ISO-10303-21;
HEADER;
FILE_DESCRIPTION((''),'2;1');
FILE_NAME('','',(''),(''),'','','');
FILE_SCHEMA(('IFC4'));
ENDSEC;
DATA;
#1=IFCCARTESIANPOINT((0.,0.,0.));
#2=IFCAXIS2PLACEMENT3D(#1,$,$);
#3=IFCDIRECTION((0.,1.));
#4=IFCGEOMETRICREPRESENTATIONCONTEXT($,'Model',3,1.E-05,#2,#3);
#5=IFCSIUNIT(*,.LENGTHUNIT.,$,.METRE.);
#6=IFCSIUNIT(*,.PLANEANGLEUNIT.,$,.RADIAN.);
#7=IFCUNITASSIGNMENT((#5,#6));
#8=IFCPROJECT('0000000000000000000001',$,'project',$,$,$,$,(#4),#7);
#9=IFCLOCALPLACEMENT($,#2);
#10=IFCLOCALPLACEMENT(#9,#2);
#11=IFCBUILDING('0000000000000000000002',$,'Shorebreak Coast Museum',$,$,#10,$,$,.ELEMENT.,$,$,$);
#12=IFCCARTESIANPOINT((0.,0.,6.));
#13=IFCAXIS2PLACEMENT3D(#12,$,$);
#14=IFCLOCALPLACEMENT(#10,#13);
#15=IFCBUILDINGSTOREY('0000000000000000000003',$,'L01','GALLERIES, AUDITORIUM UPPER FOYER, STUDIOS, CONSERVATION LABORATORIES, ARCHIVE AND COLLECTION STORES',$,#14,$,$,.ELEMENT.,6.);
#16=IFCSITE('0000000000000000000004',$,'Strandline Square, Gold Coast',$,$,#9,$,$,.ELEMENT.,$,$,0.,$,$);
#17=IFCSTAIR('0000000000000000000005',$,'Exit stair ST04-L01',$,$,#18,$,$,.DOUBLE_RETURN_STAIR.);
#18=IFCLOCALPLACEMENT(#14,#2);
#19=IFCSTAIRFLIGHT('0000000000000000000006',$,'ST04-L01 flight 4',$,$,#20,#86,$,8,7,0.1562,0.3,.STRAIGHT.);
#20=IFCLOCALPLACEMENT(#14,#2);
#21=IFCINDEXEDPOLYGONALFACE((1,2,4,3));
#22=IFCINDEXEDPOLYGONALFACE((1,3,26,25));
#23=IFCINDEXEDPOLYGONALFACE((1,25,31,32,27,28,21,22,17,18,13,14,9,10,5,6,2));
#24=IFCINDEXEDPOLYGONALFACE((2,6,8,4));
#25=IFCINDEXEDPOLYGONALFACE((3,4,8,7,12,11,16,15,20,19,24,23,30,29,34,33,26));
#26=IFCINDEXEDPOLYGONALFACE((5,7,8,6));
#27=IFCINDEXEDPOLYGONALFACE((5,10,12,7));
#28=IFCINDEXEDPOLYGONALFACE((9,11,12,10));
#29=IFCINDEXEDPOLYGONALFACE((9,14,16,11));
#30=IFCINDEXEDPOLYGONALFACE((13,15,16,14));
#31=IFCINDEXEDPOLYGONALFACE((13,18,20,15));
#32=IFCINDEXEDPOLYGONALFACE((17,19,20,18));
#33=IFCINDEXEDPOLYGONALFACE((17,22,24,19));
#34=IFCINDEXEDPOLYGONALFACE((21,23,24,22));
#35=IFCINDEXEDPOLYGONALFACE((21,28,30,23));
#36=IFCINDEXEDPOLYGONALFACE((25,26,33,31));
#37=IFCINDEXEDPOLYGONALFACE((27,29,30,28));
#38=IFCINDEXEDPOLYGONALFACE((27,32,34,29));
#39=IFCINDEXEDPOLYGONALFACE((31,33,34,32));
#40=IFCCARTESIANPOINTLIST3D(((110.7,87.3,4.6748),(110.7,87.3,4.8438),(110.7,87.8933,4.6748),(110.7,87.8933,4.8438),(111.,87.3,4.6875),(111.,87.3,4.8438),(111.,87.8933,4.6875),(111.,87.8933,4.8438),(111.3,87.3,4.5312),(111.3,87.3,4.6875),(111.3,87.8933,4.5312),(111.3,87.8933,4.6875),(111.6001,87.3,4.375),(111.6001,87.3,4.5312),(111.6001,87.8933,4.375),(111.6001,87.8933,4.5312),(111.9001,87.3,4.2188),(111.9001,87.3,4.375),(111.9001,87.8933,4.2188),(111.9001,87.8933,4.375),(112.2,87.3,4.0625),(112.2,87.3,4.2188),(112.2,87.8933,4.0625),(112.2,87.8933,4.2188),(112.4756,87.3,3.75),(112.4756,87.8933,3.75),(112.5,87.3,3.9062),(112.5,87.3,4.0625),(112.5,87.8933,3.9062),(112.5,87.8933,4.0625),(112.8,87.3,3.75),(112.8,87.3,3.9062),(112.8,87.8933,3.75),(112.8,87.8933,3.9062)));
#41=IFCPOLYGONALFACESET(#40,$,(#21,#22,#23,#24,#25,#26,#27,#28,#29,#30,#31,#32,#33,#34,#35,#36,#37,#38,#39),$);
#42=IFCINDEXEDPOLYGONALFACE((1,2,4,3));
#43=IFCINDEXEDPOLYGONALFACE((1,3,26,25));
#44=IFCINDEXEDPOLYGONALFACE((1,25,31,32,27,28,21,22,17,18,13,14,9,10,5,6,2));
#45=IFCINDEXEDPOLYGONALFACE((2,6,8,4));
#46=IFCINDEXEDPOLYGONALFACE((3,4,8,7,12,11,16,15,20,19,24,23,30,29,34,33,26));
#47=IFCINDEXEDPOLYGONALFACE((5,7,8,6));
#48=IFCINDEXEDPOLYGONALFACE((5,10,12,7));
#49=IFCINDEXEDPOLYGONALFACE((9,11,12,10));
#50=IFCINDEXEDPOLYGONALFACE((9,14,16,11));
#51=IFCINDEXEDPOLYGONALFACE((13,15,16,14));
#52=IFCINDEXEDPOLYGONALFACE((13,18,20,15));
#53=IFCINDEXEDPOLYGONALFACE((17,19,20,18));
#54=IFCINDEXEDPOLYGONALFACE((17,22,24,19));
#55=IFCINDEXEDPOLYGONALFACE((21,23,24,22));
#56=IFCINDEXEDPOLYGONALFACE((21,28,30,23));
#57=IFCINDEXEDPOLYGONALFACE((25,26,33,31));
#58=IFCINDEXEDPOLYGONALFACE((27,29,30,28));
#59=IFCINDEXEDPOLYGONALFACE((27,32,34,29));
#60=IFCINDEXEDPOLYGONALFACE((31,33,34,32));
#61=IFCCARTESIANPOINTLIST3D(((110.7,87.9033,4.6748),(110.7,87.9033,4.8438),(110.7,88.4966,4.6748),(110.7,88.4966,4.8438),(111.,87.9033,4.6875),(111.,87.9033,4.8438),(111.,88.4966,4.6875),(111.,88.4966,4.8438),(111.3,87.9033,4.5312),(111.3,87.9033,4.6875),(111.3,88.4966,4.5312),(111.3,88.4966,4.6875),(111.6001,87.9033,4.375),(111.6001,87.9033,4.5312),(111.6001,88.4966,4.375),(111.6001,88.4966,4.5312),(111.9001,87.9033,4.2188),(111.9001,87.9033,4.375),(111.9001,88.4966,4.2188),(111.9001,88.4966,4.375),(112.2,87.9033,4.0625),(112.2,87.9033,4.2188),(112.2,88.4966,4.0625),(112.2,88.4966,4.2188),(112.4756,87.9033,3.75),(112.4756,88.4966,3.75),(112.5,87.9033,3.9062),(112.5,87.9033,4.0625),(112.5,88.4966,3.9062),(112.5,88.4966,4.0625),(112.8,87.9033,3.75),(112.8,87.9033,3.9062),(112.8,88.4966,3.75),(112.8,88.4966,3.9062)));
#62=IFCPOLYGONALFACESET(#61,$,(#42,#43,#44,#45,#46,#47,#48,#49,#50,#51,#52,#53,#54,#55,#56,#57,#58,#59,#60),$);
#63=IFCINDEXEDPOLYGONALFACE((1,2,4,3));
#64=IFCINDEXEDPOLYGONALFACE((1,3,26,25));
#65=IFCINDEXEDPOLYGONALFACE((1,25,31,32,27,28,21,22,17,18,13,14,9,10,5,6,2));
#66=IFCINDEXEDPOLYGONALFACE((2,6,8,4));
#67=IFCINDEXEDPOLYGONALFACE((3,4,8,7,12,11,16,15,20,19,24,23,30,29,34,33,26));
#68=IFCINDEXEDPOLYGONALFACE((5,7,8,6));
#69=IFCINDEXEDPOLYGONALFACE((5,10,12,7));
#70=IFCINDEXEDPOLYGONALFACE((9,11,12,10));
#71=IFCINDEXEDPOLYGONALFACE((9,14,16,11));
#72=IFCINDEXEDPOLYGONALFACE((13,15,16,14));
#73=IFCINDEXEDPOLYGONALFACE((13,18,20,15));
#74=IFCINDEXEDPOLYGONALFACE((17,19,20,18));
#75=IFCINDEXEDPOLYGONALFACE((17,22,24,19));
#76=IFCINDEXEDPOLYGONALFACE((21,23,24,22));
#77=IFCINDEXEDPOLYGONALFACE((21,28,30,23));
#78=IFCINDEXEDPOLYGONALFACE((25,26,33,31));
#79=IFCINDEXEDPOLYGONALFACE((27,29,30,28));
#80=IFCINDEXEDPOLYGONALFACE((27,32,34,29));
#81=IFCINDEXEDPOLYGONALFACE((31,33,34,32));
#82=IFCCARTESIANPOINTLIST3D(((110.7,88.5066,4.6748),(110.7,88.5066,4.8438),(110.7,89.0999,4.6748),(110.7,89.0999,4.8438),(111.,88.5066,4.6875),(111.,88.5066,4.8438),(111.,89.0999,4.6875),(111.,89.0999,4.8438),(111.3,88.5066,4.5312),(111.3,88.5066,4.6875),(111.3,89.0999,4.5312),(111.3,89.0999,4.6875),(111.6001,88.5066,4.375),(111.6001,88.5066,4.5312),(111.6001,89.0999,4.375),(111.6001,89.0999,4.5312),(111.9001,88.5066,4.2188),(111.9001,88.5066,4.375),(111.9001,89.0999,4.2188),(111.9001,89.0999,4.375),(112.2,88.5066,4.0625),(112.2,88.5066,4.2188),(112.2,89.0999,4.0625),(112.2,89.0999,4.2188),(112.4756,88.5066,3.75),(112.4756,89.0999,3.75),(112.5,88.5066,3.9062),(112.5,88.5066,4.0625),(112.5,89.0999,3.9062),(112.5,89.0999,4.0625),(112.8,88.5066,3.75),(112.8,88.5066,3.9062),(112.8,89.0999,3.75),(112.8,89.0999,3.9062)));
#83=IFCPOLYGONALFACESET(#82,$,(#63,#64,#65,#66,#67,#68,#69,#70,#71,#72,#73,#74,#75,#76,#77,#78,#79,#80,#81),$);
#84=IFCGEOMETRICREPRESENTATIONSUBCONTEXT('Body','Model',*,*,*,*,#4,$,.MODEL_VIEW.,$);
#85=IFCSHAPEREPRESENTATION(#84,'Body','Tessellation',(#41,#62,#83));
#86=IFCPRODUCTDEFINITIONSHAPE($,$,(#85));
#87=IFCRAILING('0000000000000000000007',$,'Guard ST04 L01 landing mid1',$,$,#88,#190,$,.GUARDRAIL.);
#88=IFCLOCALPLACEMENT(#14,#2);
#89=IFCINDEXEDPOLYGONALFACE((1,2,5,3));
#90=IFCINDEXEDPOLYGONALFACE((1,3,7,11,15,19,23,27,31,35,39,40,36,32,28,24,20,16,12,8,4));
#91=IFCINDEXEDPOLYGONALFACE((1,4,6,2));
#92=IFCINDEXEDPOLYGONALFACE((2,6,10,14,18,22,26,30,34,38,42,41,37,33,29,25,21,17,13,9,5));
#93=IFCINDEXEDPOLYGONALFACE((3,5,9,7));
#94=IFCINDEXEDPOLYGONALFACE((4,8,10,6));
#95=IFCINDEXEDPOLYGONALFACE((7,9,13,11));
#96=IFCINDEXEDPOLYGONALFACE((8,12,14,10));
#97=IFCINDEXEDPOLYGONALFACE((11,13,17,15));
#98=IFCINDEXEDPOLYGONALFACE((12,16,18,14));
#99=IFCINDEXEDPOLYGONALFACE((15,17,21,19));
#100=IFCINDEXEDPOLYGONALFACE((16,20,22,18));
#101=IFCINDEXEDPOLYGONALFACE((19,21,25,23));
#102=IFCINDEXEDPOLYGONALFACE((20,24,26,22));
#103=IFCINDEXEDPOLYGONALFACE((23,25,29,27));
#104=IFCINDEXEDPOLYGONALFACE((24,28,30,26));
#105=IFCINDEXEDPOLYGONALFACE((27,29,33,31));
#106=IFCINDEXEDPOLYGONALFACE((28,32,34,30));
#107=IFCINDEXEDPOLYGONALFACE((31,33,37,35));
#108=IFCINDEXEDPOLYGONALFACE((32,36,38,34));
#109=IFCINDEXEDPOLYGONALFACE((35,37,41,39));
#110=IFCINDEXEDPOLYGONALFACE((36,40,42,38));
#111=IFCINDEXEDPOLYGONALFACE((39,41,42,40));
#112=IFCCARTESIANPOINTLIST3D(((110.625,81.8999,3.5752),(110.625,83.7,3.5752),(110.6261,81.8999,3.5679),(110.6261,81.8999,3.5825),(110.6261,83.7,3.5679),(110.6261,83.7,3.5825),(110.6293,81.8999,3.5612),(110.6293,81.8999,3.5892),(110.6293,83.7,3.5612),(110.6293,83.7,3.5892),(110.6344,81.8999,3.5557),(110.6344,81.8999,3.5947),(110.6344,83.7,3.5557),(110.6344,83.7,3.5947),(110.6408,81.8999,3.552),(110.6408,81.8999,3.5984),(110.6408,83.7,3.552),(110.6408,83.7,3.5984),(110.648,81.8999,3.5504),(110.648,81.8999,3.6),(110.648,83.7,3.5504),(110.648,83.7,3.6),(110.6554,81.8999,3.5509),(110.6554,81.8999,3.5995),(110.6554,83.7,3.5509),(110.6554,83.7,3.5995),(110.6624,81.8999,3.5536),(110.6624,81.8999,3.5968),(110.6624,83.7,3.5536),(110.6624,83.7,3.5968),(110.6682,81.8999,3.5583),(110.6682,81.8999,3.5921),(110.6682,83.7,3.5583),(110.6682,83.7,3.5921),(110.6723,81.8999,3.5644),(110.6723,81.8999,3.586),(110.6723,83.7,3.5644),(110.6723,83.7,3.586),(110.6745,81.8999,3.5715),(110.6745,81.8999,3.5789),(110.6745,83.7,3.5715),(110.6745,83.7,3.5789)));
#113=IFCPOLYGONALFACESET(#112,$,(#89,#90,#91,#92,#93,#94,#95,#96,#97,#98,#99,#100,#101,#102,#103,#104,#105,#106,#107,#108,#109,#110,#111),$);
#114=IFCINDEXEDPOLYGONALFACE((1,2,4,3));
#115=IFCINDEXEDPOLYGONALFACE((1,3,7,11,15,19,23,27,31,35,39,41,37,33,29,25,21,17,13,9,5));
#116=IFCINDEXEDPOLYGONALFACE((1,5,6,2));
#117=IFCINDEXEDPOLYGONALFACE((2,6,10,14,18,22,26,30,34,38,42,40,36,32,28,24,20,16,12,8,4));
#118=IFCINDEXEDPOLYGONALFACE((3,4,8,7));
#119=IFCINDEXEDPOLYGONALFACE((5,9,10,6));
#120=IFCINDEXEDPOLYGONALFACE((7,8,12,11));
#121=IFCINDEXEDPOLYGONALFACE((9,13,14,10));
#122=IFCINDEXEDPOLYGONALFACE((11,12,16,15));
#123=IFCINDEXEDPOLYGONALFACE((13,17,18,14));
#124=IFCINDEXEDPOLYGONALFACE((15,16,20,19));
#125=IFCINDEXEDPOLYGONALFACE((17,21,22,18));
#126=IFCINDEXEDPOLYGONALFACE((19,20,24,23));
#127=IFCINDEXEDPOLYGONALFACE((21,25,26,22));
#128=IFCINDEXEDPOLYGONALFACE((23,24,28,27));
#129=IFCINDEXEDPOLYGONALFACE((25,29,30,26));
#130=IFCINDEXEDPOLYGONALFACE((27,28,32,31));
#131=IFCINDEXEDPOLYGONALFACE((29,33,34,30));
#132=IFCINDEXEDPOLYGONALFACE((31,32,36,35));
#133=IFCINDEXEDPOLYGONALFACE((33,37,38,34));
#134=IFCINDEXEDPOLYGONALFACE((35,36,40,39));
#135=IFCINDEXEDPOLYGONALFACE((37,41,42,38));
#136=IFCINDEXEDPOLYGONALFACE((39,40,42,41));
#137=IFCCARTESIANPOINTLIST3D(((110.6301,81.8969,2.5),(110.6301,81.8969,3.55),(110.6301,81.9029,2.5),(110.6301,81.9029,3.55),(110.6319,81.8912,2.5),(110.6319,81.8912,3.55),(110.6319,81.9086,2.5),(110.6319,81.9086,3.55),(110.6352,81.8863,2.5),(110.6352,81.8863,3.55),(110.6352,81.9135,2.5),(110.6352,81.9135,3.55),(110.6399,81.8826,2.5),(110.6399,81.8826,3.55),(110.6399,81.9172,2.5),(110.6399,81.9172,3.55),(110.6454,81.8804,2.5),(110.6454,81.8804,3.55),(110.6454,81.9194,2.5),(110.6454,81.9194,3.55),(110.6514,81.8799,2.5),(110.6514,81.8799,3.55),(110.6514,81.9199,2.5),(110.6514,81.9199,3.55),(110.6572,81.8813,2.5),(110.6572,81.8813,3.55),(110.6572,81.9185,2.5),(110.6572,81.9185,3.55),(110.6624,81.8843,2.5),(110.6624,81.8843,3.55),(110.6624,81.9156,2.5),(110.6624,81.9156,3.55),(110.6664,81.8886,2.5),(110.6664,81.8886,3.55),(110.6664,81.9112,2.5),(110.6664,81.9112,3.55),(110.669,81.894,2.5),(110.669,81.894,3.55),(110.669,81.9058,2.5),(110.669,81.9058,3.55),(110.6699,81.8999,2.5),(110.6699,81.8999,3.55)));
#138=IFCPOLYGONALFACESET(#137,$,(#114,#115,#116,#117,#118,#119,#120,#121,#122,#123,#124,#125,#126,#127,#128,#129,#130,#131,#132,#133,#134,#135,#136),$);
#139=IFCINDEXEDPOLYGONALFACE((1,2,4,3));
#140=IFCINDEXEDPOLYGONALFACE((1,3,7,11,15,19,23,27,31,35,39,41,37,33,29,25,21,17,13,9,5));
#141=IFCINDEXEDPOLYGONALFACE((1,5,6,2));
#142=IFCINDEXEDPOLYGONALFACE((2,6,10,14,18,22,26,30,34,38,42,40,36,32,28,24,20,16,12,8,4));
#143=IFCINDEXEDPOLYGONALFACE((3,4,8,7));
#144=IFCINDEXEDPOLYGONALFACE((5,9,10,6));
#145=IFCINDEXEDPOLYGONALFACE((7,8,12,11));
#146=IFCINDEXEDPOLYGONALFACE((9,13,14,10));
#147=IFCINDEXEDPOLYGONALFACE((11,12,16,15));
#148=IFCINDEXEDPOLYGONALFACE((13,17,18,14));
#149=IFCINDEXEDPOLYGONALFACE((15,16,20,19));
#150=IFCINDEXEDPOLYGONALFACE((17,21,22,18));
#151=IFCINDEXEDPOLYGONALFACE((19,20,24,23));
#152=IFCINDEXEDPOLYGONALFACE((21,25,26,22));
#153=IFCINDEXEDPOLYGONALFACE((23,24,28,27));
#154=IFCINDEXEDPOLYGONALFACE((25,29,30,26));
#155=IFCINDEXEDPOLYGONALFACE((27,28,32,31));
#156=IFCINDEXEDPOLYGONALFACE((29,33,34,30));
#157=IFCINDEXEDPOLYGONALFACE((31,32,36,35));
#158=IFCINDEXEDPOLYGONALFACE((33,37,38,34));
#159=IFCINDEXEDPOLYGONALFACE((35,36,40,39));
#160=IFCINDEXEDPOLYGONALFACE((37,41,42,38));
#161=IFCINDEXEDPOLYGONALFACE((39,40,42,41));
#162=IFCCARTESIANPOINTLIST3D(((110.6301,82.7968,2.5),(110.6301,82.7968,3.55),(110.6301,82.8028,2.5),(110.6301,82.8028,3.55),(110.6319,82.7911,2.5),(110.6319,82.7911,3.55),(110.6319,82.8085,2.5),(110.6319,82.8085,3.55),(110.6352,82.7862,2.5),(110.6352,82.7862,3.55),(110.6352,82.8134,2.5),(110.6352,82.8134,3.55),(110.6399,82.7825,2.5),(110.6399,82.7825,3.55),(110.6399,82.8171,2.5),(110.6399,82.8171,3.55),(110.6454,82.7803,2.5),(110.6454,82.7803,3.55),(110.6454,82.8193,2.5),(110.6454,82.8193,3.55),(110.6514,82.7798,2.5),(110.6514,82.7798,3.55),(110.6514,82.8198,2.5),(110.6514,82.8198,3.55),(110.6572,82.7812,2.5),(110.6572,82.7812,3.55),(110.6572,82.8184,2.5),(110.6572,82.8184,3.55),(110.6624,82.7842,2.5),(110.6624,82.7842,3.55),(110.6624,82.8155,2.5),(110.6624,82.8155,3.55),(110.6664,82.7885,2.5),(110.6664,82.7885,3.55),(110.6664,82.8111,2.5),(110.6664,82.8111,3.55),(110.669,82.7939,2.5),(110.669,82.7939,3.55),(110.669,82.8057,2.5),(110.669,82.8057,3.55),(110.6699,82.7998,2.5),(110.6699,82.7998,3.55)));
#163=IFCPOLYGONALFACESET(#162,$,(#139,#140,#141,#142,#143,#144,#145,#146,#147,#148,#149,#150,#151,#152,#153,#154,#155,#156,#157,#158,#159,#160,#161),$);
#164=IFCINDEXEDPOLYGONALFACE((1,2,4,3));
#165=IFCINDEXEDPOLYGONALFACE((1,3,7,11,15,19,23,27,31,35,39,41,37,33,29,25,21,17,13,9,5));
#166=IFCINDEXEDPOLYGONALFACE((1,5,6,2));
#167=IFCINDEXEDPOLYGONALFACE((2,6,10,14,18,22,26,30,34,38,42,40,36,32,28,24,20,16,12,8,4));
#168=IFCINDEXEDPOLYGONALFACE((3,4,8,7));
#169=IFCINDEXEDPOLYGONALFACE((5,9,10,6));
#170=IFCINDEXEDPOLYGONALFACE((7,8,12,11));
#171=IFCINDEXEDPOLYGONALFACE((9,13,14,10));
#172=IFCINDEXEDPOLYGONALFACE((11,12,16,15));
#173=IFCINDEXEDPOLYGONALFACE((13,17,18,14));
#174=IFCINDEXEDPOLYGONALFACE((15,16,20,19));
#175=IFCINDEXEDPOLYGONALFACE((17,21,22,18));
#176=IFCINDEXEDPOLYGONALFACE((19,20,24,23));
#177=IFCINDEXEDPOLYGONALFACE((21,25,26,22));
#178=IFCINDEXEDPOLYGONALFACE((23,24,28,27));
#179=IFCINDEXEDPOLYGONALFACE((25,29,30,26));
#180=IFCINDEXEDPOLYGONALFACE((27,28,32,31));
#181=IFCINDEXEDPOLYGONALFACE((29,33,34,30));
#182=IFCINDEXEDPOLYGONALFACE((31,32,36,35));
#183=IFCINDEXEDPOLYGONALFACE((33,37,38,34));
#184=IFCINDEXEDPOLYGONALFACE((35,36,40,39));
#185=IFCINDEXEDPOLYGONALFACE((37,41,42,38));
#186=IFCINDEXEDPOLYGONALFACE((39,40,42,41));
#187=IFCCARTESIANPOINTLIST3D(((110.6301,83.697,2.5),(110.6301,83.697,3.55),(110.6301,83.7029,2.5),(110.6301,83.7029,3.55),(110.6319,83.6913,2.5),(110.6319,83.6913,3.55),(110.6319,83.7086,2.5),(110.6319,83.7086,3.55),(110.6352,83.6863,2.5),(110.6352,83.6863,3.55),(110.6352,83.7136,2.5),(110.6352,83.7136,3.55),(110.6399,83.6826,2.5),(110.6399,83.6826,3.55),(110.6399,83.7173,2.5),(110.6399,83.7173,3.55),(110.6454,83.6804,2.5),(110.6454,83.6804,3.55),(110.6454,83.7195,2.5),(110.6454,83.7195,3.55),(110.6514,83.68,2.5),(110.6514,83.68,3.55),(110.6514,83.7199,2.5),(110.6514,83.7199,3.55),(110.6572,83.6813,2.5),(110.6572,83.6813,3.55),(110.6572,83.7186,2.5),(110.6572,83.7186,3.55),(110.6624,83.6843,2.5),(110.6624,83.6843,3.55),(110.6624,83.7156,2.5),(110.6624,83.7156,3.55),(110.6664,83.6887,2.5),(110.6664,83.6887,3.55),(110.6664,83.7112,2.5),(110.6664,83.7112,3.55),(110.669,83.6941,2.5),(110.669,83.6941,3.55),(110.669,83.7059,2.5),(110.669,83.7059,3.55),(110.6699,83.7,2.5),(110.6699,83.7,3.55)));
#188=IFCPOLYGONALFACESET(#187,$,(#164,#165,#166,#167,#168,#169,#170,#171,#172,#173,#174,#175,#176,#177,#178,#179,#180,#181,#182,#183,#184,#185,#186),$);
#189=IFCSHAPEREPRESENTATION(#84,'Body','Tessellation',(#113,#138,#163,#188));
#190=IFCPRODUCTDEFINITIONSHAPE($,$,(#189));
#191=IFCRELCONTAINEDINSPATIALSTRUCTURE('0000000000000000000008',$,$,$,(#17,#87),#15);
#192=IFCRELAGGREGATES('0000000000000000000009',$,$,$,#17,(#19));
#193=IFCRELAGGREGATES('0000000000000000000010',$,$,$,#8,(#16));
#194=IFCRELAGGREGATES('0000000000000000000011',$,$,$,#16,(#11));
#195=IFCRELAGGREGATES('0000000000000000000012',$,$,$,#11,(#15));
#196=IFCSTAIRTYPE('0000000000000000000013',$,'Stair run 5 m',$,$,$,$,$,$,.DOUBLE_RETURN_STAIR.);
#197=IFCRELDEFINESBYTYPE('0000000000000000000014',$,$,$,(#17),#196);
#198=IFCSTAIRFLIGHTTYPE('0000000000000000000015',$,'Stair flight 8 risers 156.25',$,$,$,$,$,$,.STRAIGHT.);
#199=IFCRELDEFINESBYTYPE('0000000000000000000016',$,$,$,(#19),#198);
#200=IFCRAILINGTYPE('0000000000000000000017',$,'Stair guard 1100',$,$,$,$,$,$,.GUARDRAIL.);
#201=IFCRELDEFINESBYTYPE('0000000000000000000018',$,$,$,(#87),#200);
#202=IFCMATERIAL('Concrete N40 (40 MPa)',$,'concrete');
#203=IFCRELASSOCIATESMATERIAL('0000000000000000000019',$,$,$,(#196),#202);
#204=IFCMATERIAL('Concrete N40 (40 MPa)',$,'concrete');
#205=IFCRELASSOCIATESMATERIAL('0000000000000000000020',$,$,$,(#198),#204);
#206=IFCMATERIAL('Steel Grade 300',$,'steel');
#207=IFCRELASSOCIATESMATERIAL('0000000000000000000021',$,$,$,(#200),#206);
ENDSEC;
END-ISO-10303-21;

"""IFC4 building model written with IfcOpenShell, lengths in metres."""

from ifc_helpers import new_model, si_unit, direction, frame, origin, origin_2d, place, context, subcontext, project, spatial, polyline, circle, outline, extrude, material, type_object, element, aggregate, save


model = new_model("IFC4")

# Units and contexts
model_context = context("Model", 3, precision=1e-05, world=origin(), true_north=direction((0.0, 1.0)))
body_context = subcontext(model_context, "Body", "Model", "MODEL_VIEW")
ifc_project = project(units=[si_unit("LENGTHUNIT", "METRE"), si_unit("PLANEANGLEUNIT", "RADIAN")], contexts=[model_context])

# Site, building, storey
site_placement = place(None, origin())
site = spatial("IfcSite", under=ifc_project, at=site_placement, Name="Strandline Square, Gold Coast", CompositionType="ELEMENT", RefElevation=0.0)
building_placement = place(site_placement, origin())
building = spatial("IfcBuilding", under=site, at=building_placement, Name="Shorebreak Coast Museum", CompositionType="ELEMENT")
storey_placement = place(building_placement, frame((0.0, 0.0, 6.0)))
storey = spatial("IfcBuildingStorey", under=building, at=storey_placement, Name="L01", Description="GALLERIES, AUDITORIUM UPPER FOYER, STUDIOS, CONSERVATION LABORATORIES, ARCHIVE AND COLLECTION STORES", CompositionType="ELEMENT", Elevation=6.0)

# Stair, stair flight
ifc_material_1 = material(Name="Concrete N40 (40 MPa)", Category="concrete")
stair_type = type_object("IfcStairType", Name="Stair run 5 m", PredefinedType="DOUBLE_RETURN_STAIR", material=ifc_material_1)
stair_placement = place(storey_placement, origin())
stair = element("IfcStair", 1, at=stair_placement, inside=storey, type_object=stair_type, Name="Exit stair ST04-L01", PredefinedType="DOUBLE_RETURN_STAIR")
ifc_material_2 = material(Name="Concrete N40 (40 MPa)", Category="concrete")
stair_flight_type = type_object("IfcStairFlightType", Name="Stair flight 8 risers 156.25", PredefinedType="STRAIGHT", material=ifc_material_2)
stair_flight_1_placement = place(storey_placement, frame((112.8, 88.2, 3.75), z_axis=(0.0, 0.0, 1.0), x_axis=(-1.0, 0.0, 0.0)))
stair_flight_1 = element("IfcStairFlight", 2, at=stair_flight_1_placement, type_object=stair_flight_type, Name="ST04-L01 flight 4", NumberOfRisers=8, NumberOfTreads=7, PredefinedType="STRAIGHT", RiserHeight=0.1562, TreadLength=0.3, context=body_context, shape_type="SweptSolid", body=[
    extrude(outline(polyline([(0.0, 0.0), (0.0, 0.1562), (0.3, 0.1562), (0.3, 0.3125), (0.6001, 0.3125), (0.6001, 0.4688), (0.8999, 0.4688), (0.8999, 0.625), (1.2, 0.625), (1.2, 0.7812), (1.5, 0.7812), (1.5, 0.9375), (1.8, 0.9375), (1.8, 1.0938), (2.1001, 1.0938), (2.1001, 1.25), (2.1001, 0.9248), (0.3245, 0.0), (0.0, 0.0)])), frame((0.0, 0.8999, 0.0), z_axis=(0.0, -1.0, 0.0), x_axis=(1.0, 0.0, 0.0)), (0.0, 0.0, 1.0), 0.5933),
    extrude(outline(polyline([(0.0, 0.0), (0.0, 0.1562), (0.3, 0.1562), (0.3, 0.3125), (0.6001, 0.3125), (0.6001, 0.4688), (0.8999, 0.4688), (0.8999, 0.625), (1.2, 0.625), (1.2, 0.7812), (1.5, 0.7812), (1.5, 0.9375), (1.8, 0.9375), (1.8, 1.0938), (2.1001, 1.0938), (2.1001, 1.25), (2.1001, 0.9248), (0.3245, 0.0), (0.0, 0.0)])), frame((0.0, 0.2966, 0.0), z_axis=(0.0, -1.0, 0.0), x_axis=(1.0, 0.0, 0.0)), (0.0, 0.0, 1.0), 0.5933),
    extrude(outline(polyline([(0.0, 0.0), (0.0, 0.1562), (0.3, 0.1562), (0.3, 0.3125), (0.6001, 0.3125), (0.6001, 0.4688), (0.8999, 0.4688), (0.8999, 0.625), (1.2, 0.625), (1.2, 0.7812), (1.5, 0.7812), (1.5, 0.9375), (1.8, 0.9375), (1.8, 1.0938), (2.1001, 1.0938), (2.1001, 1.25), (2.1001, 0.9248), (0.3245, 0.0), (0.0, 0.0)])), frame((0.0, -0.3066, 0.0), z_axis=(0.0, -1.0, 0.0), x_axis=(1.0, 0.0, 0.0)), (0.0, 0.0, 1.0), 0.5933),
])
aggregate(stair, [stair_flight_1])

# Railing
ifc_material_3 = material(Name="Steel Grade 300", Category="steel")
railing_type_1 = type_object("IfcRailingType", Name="Stair guard 1100", PredefinedType="GUARDRAIL", material=ifc_material_3)
for number, where, name in (
    (3, (110.6499, 81.8999, 2.5), "Guard ST04 L01 landing mid1"),
):
    element("IfcRailing", number, at=place(storey_placement, frame(where)), inside=storey, type_object=railing_type_1, Name=name, PredefinedType="GUARDRAIL", context=body_context, shape_type="SweptSolid", body=[
        extrude(circle(Radius=0.0249, at=origin_2d()), frame((0.0, 0.0, 1.0752), z_axis=(0.0, 1.0, 0.0), x_axis=(-1.0, 0.0, 0.0)), (0.0, 0.0, 1.0), 1.8),
        extrude(circle(Radius=0.02, at=origin_2d()), origin(), (0.0, 0.0, 1.0), 1.05),
        extrude(circle(Radius=0.02, at=origin_2d()), frame((0.0, 0.8999, 0.0)), (0.0, 0.0, 1.0), 1.05),
        extrude(circle(Radius=0.02, at=origin_2d()), frame((0.0, 1.8, 0.0)), (0.0, 0.0, 1.0), 1.05),
    ])

save(model, "model.ifc")
